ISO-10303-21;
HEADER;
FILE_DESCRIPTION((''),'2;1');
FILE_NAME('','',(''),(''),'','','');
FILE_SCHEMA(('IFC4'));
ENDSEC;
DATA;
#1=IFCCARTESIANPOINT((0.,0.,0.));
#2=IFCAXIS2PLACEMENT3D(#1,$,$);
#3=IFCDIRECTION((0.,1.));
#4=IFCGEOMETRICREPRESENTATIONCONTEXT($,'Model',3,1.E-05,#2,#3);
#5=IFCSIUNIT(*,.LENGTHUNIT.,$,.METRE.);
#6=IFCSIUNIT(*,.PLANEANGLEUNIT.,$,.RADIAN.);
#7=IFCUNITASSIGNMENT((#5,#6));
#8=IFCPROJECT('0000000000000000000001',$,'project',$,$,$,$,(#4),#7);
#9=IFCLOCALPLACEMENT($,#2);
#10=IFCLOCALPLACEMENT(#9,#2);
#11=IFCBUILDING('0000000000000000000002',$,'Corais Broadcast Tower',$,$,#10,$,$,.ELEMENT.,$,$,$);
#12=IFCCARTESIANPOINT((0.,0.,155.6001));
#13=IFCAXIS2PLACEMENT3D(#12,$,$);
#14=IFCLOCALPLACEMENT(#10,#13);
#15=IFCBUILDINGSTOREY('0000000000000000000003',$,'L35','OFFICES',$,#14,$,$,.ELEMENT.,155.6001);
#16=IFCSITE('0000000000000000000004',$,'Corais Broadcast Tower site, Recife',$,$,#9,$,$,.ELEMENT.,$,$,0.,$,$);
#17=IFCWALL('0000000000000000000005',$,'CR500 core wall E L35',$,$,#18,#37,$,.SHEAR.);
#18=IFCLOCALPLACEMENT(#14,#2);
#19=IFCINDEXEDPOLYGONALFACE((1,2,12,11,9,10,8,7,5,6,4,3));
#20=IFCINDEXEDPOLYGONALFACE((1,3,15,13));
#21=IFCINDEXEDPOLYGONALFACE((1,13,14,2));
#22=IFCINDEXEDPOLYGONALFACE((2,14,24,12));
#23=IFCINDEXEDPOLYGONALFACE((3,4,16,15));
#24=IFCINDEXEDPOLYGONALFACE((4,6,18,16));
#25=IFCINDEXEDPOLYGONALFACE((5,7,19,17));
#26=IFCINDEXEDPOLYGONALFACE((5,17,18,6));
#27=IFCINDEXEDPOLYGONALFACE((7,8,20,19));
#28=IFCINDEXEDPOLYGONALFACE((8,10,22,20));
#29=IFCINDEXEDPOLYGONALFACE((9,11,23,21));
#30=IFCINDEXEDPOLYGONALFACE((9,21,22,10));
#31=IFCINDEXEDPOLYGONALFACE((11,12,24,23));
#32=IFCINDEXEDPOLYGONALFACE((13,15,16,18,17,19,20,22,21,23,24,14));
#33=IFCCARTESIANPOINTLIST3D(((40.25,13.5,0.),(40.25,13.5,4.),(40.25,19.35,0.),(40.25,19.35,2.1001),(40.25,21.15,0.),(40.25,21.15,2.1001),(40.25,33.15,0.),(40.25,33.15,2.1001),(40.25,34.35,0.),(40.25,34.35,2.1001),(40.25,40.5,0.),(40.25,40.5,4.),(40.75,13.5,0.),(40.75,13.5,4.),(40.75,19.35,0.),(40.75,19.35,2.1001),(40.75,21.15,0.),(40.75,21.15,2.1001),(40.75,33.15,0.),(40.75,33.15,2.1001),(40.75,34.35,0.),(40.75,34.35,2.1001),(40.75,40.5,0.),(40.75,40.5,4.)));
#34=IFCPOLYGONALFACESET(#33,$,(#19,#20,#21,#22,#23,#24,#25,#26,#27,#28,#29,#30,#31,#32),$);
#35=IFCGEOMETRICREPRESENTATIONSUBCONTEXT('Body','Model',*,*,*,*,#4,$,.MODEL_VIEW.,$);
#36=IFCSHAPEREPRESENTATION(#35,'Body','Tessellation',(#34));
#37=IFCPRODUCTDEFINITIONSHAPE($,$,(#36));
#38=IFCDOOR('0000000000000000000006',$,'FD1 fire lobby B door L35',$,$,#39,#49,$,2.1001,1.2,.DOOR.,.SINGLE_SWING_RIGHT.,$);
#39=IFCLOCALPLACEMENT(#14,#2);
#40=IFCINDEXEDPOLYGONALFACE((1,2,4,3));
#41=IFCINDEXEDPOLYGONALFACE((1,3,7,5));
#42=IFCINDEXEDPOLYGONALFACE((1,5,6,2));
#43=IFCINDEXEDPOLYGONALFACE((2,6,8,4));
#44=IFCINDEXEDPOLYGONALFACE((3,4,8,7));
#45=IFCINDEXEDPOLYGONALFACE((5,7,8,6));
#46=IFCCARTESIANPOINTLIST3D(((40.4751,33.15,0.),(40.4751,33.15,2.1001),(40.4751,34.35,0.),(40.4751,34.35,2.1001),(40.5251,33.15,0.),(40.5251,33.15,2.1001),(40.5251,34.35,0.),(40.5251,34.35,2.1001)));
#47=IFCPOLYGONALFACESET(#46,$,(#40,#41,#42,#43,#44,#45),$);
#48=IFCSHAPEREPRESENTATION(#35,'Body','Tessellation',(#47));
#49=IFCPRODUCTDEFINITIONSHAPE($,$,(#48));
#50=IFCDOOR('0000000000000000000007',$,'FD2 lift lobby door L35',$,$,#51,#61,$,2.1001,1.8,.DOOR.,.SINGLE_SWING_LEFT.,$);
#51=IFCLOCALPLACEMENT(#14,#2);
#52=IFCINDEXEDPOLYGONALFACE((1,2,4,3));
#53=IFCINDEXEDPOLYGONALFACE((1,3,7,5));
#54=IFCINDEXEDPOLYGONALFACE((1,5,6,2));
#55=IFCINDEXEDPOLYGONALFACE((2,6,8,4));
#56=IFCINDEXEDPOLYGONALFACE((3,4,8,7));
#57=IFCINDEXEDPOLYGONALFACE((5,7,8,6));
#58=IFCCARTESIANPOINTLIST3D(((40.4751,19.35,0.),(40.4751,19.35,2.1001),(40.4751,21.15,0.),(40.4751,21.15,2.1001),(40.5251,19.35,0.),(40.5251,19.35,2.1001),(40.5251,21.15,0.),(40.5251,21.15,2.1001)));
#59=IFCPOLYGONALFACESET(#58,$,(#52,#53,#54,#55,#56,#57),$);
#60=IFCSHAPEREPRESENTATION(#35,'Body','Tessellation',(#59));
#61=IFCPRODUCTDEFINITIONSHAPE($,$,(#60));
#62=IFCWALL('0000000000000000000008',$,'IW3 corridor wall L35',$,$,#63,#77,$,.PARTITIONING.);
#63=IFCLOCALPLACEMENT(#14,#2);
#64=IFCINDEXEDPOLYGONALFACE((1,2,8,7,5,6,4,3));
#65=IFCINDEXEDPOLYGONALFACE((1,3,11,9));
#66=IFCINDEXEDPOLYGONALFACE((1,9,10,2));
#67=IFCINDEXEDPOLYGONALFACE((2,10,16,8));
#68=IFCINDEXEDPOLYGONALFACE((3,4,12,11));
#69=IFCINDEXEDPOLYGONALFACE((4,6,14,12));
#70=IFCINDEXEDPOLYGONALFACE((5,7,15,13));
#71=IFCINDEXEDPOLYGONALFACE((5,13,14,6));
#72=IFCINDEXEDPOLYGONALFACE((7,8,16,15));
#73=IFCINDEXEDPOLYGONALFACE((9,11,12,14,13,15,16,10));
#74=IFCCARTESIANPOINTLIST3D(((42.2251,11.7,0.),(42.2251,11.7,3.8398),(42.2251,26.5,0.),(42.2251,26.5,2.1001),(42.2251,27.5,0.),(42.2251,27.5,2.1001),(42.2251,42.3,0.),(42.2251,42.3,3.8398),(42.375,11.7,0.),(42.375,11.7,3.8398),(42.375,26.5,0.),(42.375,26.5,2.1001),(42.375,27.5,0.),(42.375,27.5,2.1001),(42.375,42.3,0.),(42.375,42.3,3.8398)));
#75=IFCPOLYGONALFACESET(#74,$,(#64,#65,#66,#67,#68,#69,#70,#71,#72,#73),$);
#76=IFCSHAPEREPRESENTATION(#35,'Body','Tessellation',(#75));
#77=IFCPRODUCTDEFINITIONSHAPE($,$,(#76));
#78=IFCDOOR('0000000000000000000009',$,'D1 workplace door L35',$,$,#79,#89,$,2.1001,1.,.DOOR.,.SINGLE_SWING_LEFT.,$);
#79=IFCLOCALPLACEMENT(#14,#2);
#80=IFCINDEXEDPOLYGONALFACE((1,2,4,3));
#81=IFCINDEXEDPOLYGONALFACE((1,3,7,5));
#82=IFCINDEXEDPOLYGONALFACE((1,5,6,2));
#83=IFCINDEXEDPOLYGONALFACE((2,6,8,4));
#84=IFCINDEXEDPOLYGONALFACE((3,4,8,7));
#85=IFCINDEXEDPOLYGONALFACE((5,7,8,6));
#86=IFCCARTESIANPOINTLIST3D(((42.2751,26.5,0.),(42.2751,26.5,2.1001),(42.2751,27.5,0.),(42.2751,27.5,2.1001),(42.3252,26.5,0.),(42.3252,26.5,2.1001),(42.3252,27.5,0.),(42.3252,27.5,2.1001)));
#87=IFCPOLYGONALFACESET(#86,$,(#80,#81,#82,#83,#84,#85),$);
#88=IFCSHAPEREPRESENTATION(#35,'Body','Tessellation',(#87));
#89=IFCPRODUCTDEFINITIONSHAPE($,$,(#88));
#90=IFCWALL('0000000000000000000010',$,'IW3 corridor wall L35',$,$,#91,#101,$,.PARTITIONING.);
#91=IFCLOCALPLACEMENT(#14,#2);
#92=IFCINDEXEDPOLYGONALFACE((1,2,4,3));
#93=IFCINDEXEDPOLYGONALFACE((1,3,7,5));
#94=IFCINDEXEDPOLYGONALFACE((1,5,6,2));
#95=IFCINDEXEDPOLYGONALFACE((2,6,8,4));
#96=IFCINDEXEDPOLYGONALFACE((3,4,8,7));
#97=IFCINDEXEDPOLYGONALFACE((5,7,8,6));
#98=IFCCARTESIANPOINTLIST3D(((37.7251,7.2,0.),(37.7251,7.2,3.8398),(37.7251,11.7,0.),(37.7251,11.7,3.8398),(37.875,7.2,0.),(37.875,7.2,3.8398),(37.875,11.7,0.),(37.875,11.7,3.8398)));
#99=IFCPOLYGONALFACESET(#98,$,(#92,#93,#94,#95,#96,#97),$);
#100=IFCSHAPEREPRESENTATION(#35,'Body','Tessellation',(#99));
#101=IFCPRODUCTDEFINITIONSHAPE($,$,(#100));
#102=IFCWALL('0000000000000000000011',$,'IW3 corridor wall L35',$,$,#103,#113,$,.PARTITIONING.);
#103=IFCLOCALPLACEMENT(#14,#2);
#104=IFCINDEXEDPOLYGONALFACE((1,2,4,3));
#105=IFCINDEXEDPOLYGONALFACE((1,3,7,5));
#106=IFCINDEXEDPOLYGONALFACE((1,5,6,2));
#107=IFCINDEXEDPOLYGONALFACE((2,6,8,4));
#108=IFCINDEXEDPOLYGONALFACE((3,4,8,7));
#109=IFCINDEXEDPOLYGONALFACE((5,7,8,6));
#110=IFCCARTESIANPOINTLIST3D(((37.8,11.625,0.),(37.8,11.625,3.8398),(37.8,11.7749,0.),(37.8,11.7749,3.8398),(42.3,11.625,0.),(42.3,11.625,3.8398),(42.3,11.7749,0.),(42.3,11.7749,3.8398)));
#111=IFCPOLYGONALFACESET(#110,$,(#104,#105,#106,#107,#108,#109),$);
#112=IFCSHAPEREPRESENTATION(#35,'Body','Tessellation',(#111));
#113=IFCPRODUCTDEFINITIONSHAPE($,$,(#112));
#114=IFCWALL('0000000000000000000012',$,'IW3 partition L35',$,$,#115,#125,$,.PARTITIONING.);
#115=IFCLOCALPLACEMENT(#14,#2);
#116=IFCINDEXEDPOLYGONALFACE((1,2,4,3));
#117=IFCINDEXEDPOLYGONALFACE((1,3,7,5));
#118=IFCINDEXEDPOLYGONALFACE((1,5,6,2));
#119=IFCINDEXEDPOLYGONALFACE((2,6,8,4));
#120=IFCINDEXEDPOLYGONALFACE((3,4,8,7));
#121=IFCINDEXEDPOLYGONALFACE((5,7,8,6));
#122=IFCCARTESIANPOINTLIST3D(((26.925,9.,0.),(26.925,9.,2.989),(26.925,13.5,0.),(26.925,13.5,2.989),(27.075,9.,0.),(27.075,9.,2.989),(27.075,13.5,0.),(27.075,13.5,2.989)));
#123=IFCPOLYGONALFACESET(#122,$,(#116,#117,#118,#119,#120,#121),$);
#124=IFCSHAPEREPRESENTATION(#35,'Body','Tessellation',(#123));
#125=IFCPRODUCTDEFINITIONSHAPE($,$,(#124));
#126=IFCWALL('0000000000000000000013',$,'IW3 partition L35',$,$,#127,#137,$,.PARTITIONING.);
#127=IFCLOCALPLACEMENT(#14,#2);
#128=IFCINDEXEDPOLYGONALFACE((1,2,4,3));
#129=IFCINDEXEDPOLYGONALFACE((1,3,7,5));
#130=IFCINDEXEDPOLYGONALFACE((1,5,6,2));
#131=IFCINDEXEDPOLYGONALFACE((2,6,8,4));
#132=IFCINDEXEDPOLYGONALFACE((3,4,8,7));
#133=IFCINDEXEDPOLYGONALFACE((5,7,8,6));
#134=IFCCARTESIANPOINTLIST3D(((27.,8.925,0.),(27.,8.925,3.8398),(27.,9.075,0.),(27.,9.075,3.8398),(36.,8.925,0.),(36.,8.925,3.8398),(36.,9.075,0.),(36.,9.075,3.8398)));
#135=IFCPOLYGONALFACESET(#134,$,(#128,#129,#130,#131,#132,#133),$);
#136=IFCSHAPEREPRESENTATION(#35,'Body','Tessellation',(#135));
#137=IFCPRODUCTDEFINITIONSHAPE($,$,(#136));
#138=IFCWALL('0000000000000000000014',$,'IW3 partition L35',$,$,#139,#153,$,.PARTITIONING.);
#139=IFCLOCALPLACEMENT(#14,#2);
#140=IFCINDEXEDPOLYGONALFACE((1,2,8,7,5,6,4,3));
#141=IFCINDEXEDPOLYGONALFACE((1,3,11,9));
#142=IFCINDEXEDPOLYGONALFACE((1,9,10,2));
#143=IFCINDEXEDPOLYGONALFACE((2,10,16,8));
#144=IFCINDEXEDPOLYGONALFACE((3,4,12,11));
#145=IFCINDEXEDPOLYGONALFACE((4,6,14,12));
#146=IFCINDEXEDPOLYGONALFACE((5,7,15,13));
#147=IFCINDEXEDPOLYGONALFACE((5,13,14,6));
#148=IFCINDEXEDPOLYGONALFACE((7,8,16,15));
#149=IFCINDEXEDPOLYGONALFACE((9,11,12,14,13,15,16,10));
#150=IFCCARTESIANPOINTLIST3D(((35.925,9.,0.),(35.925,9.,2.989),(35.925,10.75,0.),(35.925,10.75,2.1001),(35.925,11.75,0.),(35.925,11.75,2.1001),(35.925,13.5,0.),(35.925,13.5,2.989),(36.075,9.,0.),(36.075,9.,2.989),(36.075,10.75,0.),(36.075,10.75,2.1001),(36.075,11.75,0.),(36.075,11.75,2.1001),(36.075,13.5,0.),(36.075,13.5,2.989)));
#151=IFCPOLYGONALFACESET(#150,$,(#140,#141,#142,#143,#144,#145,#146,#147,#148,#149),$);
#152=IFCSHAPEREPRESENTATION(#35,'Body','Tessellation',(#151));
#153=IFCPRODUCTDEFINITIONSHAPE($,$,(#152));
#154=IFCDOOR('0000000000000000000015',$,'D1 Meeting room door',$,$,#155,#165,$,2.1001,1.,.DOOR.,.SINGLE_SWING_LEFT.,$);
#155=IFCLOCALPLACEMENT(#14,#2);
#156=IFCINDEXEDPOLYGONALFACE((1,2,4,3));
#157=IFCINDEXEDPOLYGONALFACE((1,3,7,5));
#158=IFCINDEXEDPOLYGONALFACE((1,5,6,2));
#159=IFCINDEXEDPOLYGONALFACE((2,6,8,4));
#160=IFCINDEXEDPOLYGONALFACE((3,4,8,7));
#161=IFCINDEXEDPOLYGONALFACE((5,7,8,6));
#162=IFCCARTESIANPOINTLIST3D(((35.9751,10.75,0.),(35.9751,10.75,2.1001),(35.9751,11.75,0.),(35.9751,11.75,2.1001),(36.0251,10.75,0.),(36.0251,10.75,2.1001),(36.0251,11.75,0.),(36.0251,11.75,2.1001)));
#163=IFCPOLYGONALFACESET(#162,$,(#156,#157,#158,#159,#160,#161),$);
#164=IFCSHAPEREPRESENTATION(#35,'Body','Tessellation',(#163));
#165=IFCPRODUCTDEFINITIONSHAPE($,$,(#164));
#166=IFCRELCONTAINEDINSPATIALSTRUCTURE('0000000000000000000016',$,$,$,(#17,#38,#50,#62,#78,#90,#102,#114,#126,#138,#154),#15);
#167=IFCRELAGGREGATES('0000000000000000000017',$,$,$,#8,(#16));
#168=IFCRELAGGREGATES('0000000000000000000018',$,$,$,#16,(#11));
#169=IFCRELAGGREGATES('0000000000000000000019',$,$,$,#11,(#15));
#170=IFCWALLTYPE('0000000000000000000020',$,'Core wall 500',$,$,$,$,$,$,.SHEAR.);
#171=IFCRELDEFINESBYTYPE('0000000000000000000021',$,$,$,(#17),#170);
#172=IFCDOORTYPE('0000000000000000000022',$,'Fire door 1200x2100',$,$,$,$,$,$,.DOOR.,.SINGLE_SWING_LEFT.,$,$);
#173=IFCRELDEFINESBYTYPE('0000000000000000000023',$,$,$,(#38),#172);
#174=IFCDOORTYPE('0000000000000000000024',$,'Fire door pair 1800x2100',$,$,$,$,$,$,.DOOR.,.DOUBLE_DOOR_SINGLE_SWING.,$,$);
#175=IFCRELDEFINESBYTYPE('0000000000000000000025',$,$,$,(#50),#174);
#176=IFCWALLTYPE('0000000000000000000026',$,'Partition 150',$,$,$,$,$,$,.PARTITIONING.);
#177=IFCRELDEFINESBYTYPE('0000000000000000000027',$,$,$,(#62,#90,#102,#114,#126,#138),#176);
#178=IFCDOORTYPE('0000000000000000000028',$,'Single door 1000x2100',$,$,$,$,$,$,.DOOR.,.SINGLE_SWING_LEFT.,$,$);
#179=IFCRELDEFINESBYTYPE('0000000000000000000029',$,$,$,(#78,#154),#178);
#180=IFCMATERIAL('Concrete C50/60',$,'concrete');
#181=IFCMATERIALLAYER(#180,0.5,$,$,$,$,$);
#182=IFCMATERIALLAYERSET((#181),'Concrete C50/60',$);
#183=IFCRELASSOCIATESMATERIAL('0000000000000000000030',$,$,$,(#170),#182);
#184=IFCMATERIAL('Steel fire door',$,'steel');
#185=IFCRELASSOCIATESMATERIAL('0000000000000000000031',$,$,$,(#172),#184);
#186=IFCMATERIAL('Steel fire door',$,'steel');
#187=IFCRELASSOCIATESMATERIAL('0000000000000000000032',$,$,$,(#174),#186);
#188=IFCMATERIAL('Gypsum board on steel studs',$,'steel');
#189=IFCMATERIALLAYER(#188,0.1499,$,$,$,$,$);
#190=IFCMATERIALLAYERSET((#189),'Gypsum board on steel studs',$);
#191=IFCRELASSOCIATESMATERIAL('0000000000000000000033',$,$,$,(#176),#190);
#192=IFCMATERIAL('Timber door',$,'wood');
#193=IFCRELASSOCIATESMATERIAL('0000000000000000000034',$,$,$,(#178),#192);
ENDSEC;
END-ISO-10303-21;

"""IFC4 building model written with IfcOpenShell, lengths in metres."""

from ifc_helpers import new_model, si_unit, direction, frame, frame_2d, origin, place, context, subcontext, project, spatial, rectangle, extrude, material, layer, layer_set, type_object, element, fill, save


model = new_model("IFC4")

# Units and contexts
model_context = context("Model", 3, precision=1e-05, world=origin(), true_north=direction((0.0, 1.0)))
body_context = subcontext(model_context, "Body", "Model", "MODEL_VIEW")
ifc_project = project(units=[si_unit("LENGTHUNIT", "METRE"), si_unit("PLANEANGLEUNIT", "RADIAN")], contexts=[model_context])

# Site, building, storey
site_placement = place(None, origin())
site = spatial("IfcSite", under=ifc_project, at=site_placement, Name="Corais Broadcast Tower site, Recife", CompositionType="ELEMENT", RefElevation=0.0)
building_placement = place(site_placement, origin())
building = spatial("IfcBuilding", under=site, at=building_placement, Name="Corais Broadcast Tower", CompositionType="ELEMENT")
storey_placement = place(building_placement, frame((0.0, 0.0, 155.6001)))
storey = spatial("IfcBuildingStorey", under=building, at=storey_placement, Name="L35", Description="OFFICES", CompositionType="ELEMENT", Elevation=155.6001)

# Wall, openings, doors
ifc_material_1 = material(Name="Concrete C50/60", Category="concrete")
ifc_layer_1 = layer(ifc_material_1, 0.5)
ifc_layer_set_1 = layer_set([ifc_layer_1], Name="Concrete C50/60")
wall_type_1 = type_object("IfcWallType", Name="Core wall 500", PredefinedType="SHEAR", material=ifc_layer_set_1)
wall_1_placement = place(storey_placement, frame((40.5, 13.5, 0.0), z_axis=(0.0, 0.0, 1.0), x_axis=(0.0, 1.0, 0.0)))
wall_1 = element("IfcWall", 1, at=wall_1_placement, inside=storey, type_object=wall_type_1, Name="CR500 core wall E L35", PredefinedType="SHEAR", context=body_context, shape_type="SweptSolid", body=[
    extrude(rectangle(XDim=27.0, YDim=0.5, at=frame_2d((13.5, 0.0))), origin(), (0.0, 0.0, 1.0), 4.0),
])
opening_1_placement = place(wall_1_placement, frame((5.8501, 0.0, 0.0)))
opening_1 = element("IfcOpeningElement", 2, at=opening_1_placement, cuts=wall_1, PredefinedType="OPENING", context=body_context, shape_type="SweptSolid", body=[
    extrude(rectangle(XDim=1.8, YDim=2.1001, at=frame_2d((0.8999, 1.05))), frame((0.0, 0.26, 0.0), z_axis=(0.0, -1.0, 0.0), x_axis=(1.0, 0.0, 0.0)), (0.0, 0.0, 1.0), 0.52),
])
opening_2_placement = place(wall_1_placement, frame((19.6499, 0.0, 0.0)))
opening_2 = element("IfcOpeningElement", 3, at=opening_2_placement, cuts=wall_1, PredefinedType="OPENING", context=body_context, shape_type="SweptSolid", body=[
    extrude(rectangle(XDim=1.2, YDim=2.1001, at=frame_2d((0.6001, 1.05))), frame((0.0, 0.26, 0.0), z_axis=(0.0, -1.0, 0.0), x_axis=(1.0, 0.0, 0.0)), (0.0, 0.0, 1.0), 0.52),
])
ifc_material_2 = material(Name="Steel fire door", Category="steel")
door_type_1 = type_object("IfcDoorType", Name="Fire door 1200x2100", OperationType="SINGLE_SWING_LEFT", PredefinedType="DOOR", material=ifc_material_2)
door_1_placement = place(opening_2_placement, origin())
door_1 = element("IfcDoor", 4, at=door_1_placement, inside=storey, type_object=door_type_1, Name="FD1 fire lobby B door L35", OperationType="SINGLE_SWING_RIGHT", OverallHeight=2.1001, OverallWidth=1.2, PredefinedType="DOOR", context=body_context, shape_type="SweptSolid", body=[
    extrude(rectangle(XDim=1.2, YDim=2.1001, at=frame_2d((0.6001, 1.05))), frame((0.0, 0.0249, 0.0), z_axis=(0.0, -1.0, 0.0), x_axis=(1.0, 0.0, 0.0)), (0.0, 0.0, 1.0), 0.05),
])
fill(opening_2, door_1)
ifc_material_3 = material(Name="Steel fire door", Category="steel")
door_type_2 = type_object("IfcDoorType", Name="Fire door pair 1800x2100", OperationType="DOUBLE_DOOR_SINGLE_SWING", PredefinedType="DOOR", material=ifc_material_3)
door_2_placement = place(opening_1_placement, origin())
door_2 = element("IfcDoor", 5, at=door_2_placement, inside=storey, type_object=door_type_2, Name="FD2 lift lobby door L35", OperationType="SINGLE_SWING_LEFT", OverallHeight=2.1001, OverallWidth=1.8, PredefinedType="DOOR", context=body_context, shape_type="SweptSolid", body=[
    extrude(rectangle(XDim=1.8, YDim=2.1001, at=frame_2d((0.8999, 1.05))), frame((0.0, 0.0249, 0.0), z_axis=(0.0, -1.0, 0.0), x_axis=(1.0, 0.0, 0.0)), (0.0, 0.0, 1.0), 0.05),
])
fill(opening_1, door_2)

# Wall, opening, door
ifc_material_4 = material(Name="Gypsum board on steel studs", Category="steel")
ifc_layer_2 = layer(ifc_material_4, 0.1499)
ifc_layer_set_2 = layer_set([ifc_layer_2], Name="Gypsum board on steel studs")
wall_type_2 = type_object("IfcWallType", Name="Partition 150", PredefinedType="PARTITIONING", material=ifc_layer_set_2)
wall_2_placement = place(storey_placement, frame((42.3, 11.7, 0.0), z_axis=(0.0, 0.0, 1.0), x_axis=(0.0, 1.0, 0.0)))
wall_2 = element("IfcWall", 6, at=wall_2_placement, inside=storey, type_object=wall_type_2, Name="IW3 corridor wall L35", PredefinedType="PARTITIONING", context=body_context, shape_type="SweptSolid", body=[
    extrude(rectangle(XDim=30.6001, YDim=0.1499, at=frame_2d((15.3, 0.0))), origin(), (0.0, 0.0, 1.0), 3.8398),
])
opening_3_placement = place(wall_2_placement, frame((14.8, 0.0, 0.0)))
opening_3 = element("IfcOpeningElement", 7, at=opening_3_placement, cuts=wall_2, PredefinedType="OPENING", context=body_context, shape_type="SweptSolid", body=[
    extrude(rectangle(XDim=1.0, YDim=2.1001, at=frame_2d((0.5, 1.05))), frame((0.0, 0.085, 0.0), z_axis=(0.0, -1.0, 0.0), x_axis=(1.0, 0.0, 0.0)), (0.0, 0.0, 1.0), 0.1699),
])
ifc_material_5 = material(Name="Timber door", Category="wood")
door_type_3 = type_object("IfcDoorType", Name="Single door 1000x2100", OperationType="SINGLE_SWING_LEFT", PredefinedType="DOOR", material=ifc_material_5)
door_3_placement = place(opening_3_placement, origin())
door_3 = element("IfcDoor", 8, at=door_3_placement, inside=storey, type_object=door_type_3, Name="D1 workplace door L35", OperationType="SINGLE_SWING_LEFT", OverallHeight=2.1001, OverallWidth=1.0, PredefinedType="DOOR", context=body_context, shape_type="SweptSolid", body=[
    extrude(rectangle(XDim=1.0, YDim=2.1001, at=frame_2d((0.5, 1.05))), frame((0.0, 0.0249, 0.0), z_axis=(0.0, -1.0, 0.0), x_axis=(1.0, 0.0, 0.0)), (0.0, 0.0, 1.0), 0.05),
])
fill(opening_3, door_3)

# Walls
for number, where, z_axis, x_axis, name in (
    (9, (37.8, 7.2, 0.0), (0.0, 0.0, 1.0), (0.0, 1.0, 0.0), "IW3 corridor wall L35"),
    (10, (37.8, 11.7, 0.0), (0.0, 0.0, 1.0), (1.0, 0.0, 0.0), "IW3 corridor wall L35"),
):
    element("IfcWall", number, at=place(storey_placement, frame(where, z_axis=z_axis, x_axis=x_axis)), inside=storey, type_object=wall_type_2, Name=name, PredefinedType="PARTITIONING", context=body_context, shape_type="SweptSolid", body=[
        extrude(rectangle(XDim=4.5, YDim=0.1499, at=frame_2d((2.25, 0.0))), origin(), (0.0, 0.0, 1.0), 3.8398),
    ])
wall_3_placement = place(storey_placement, frame((27.0, 9.0, 0.0), z_axis=(0.0, 0.0, 1.0), x_axis=(0.0, 1.0, 0.0)))
element("IfcWall", 11, at=wall_3_placement, inside=storey, type_object=wall_type_2, Name="IW3 partition L35", PredefinedType="PARTITIONING", context=body_context, shape_type="SweptSolid", body=[
    extrude(rectangle(XDim=4.5, YDim=0.1499, at=frame_2d((2.25, 0.0))), origin(), (0.0, 0.0, 1.0), 2.989),
])
wall_4_placement = place(storey_placement, frame((27.0, 9.0, 0.0), z_axis=(0.0, 0.0, 1.0), x_axis=(1.0, 0.0, 0.0)))
element("IfcWall", 12, at=wall_4_placement, inside=storey, type_object=wall_type_2, Name="IW3 partition L35", PredefinedType="PARTITIONING", context=body_context, shape_type="SweptSolid", body=[
    extrude(rectangle(XDim=9.0, YDim=0.1499, at=frame_2d((4.5, 0.0))), origin(), (0.0, 0.0, 1.0), 3.8398),
])

# Wall, opening, door
wall_5_placement = place(storey_placement, frame((36.0, 9.0, 0.0), z_axis=(0.0, 0.0, 1.0), x_axis=(0.0, 1.0, 0.0)))
wall_5 = element("IfcWall", 13, at=wall_5_placement, inside=storey, type_object=wall_type_2, Name="IW3 partition L35", PredefinedType="PARTITIONING", context=body_context, shape_type="SweptSolid", body=[
    extrude(rectangle(XDim=4.5, YDim=0.1499, at=frame_2d((2.25, 0.0))), origin(), (0.0, 0.0, 1.0), 2.989),
])
opening_4_placement = place(wall_5_placement, frame((1.75, 0.0, 0.0)))
opening_4 = element("IfcOpeningElement", 14, at=opening_4_placement, cuts=wall_5, PredefinedType="OPENING", context=body_context, shape_type="SweptSolid", body=[
    extrude(rectangle(XDim=1.0, YDim=2.1001, at=frame_2d((0.5, 1.05))), frame((0.0, 0.085, 0.0), z_axis=(0.0, -1.0, 0.0), x_axis=(1.0, 0.0, 0.0)), (0.0, 0.0, 1.0), 0.1699),
])
door_4_placement = place(opening_4_placement, origin())
door_4 = element("IfcDoor", 15, at=door_4_placement, inside=storey, type_object=door_type_3, Name="D1 Meeting room door", OperationType="SINGLE_SWING_LEFT", OverallHeight=2.1001, OverallWidth=1.0, PredefinedType="DOOR", context=body_context, shape_type="SweptSolid", body=[
    extrude(rectangle(XDim=1.0, YDim=2.1001, at=frame_2d((0.5, 1.05))), frame((0.0, 0.0249, 0.0), z_axis=(0.0, -1.0, 0.0), x_axis=(1.0, 0.0, 0.0)), (0.0, 0.0, 1.0), 0.05),
])
fill(opening_4, door_4)

save(model, "model.ifc")
